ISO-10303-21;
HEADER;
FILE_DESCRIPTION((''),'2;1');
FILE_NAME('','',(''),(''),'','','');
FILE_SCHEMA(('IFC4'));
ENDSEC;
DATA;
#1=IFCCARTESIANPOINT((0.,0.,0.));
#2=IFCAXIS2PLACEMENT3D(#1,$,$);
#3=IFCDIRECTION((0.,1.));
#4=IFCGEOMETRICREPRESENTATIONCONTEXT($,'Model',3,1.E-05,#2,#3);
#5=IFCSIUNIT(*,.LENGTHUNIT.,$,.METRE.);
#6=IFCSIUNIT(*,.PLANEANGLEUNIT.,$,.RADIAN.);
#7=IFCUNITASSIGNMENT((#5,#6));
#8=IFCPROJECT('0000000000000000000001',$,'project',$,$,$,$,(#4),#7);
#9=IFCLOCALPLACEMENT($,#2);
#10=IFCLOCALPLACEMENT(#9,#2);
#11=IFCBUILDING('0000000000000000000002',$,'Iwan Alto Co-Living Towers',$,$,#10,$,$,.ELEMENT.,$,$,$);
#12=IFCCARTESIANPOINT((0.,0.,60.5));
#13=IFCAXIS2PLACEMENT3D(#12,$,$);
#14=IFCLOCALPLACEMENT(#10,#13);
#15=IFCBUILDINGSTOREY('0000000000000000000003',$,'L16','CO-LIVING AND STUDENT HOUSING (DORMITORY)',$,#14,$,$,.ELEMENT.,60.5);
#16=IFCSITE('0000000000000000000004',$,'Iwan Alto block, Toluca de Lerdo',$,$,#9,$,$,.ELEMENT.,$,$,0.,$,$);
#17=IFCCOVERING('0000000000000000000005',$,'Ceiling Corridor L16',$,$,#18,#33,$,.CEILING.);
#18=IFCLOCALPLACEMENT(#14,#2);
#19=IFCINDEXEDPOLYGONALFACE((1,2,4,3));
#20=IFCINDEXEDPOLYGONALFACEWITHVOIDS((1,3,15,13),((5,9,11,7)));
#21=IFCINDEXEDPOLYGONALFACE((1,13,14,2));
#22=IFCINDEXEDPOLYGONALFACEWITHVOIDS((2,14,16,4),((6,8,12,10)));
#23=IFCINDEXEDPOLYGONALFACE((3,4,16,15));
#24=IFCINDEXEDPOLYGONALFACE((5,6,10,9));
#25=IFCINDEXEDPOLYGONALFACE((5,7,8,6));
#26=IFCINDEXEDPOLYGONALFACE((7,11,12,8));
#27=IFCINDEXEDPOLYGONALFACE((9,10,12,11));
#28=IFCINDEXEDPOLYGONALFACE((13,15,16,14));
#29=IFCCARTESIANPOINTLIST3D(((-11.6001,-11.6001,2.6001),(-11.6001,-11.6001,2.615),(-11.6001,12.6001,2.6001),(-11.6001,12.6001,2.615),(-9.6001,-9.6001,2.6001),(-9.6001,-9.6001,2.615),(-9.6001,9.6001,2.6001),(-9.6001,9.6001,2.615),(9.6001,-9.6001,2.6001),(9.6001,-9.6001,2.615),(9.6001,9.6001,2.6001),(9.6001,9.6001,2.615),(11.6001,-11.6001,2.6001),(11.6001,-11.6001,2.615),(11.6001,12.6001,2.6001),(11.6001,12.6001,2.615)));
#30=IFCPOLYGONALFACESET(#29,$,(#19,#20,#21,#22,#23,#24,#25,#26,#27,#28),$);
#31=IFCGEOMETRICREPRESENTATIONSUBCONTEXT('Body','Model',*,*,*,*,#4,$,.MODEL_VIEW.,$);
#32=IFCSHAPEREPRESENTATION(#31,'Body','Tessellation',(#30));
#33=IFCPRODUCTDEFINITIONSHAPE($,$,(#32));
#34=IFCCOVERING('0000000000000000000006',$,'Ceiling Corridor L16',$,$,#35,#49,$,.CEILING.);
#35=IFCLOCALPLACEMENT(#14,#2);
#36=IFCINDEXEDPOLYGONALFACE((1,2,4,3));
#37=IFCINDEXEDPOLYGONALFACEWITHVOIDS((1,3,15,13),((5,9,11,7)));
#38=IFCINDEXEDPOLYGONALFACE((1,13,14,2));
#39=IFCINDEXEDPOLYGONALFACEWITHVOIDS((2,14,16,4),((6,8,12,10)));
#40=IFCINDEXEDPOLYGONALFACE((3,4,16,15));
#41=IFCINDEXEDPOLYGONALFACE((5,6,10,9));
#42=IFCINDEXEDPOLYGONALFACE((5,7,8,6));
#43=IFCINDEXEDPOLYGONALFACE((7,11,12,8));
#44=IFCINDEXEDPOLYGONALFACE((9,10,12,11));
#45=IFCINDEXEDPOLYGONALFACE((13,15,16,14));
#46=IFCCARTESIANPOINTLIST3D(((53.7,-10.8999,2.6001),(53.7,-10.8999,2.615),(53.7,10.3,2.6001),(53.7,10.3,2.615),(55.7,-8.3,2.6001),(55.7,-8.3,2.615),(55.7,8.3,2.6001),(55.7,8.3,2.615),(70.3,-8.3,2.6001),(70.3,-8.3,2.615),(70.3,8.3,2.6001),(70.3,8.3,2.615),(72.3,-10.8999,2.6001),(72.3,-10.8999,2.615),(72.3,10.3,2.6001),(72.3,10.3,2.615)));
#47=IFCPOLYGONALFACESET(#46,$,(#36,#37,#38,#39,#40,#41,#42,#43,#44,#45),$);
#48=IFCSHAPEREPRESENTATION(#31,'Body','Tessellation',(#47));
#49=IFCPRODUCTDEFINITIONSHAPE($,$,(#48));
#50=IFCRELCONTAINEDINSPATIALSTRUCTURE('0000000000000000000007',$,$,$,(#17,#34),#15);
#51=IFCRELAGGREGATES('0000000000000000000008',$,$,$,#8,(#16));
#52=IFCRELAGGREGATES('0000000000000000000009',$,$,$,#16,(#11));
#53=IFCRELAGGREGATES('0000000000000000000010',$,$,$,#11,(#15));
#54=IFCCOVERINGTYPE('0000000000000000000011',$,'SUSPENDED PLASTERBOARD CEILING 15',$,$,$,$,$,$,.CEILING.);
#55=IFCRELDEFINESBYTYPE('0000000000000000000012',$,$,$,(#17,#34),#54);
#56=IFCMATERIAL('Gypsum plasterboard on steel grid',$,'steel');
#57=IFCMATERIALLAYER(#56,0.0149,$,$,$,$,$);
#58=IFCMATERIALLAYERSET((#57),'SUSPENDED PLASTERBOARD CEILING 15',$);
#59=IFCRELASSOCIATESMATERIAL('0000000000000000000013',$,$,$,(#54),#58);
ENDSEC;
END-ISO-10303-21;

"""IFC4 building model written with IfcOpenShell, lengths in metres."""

from ifc_helpers import new_model, si_unit, direction, frame, origin, place, context, subcontext, project, spatial, polyline, outline, extrude, material, layer, layer_set, type_object, element, save


model = new_model("IFC4")

# Units and contexts
model_context = context("Model", 3, precision=1e-05, world=origin(), true_north=direction((0.0, 1.0)))
body_context = subcontext(model_context, "Body", "Model", "MODEL_VIEW")
ifc_project = project(units=[si_unit("LENGTHUNIT", "METRE"), si_unit("PLANEANGLEUNIT", "RADIAN")], contexts=[model_context])

# Site, building, storey
site_placement = place(None, origin())
site = spatial("IfcSite", under=ifc_project, at=site_placement, Name="Iwan Alto block, Toluca de Lerdo", CompositionType="ELEMENT", RefElevation=0.0)
building_placement = place(site_placement, origin())
building = spatial("IfcBuilding", under=site, at=building_placement, Name="Iwan Alto Co-Living Towers", CompositionType="ELEMENT")
storey_placement = place(building_placement, frame((0.0, 0.0, 60.5)))
storey = spatial("IfcBuildingStorey", under=building, at=storey_placement, Name="L16", Description="CO-LIVING AND STUDENT HOUSING (DORMITORY)", CompositionType="ELEMENT", Elevation=60.5)

# Coverings
ifc_material_1 = material(Name="Gypsum plasterboard on steel grid", Category="steel")
ifc_layer_1 = layer(ifc_material_1, 0.0149)
ifc_layer_set_1 = layer_set([ifc_layer_1], Name="SUSPENDED PLASTERBOARD CEILING 15")
covering_type_1 = type_object("IfcCoveringType", Name="SUSPENDED PLASTERBOARD CEILING 15", PredefinedType="CEILING", material=ifc_layer_set_1)
covering_1_placement = place(storey_placement, frame((0.0, 0.0, 2.6001)))
element("IfcCovering", 1, at=covering_1_placement, inside=storey, type_object=covering_type_1, Name="Ceiling Corridor L16", PredefinedType="CEILING", context=body_context, shape_type="SweptSolid", body=[
    extrude(outline(polyline([(-11.6001, 12.6001), (11.6001, 12.6001), (11.6001, -11.6001), (-11.6001, -11.6001), (-11.6001, 12.6001)]), holes=[polyline([(-9.6001, 9.6001), (-9.6001, -9.6001), (9.6001, -9.6001), (9.6001, 9.6001), (-9.6001, 9.6001)])]), origin(), (0.0, 0.0, 1.0), 0.0149),
])
covering_2_placement = place(storey_placement, frame((0.0, 0.0, 2.6001)))
element("IfcCovering", 2, at=covering_2_placement, inside=storey, type_object=covering_type_1, Name="Ceiling Corridor L16", PredefinedType="CEILING", context=body_context, shape_type="SweptSolid", body=[
    extrude(outline(polyline([(53.7, 10.3), (72.3, 10.3), (72.3, -10.8999), (53.7, -10.8999), (53.7, 10.3)]), holes=[polyline([(55.7, 8.3), (55.7, -8.3), (70.3, -8.3), (70.3, 8.3), (55.7, 8.3)])]), origin(), (0.0, 0.0, 1.0), 0.0149),
])

save(model, "model.ifc")
